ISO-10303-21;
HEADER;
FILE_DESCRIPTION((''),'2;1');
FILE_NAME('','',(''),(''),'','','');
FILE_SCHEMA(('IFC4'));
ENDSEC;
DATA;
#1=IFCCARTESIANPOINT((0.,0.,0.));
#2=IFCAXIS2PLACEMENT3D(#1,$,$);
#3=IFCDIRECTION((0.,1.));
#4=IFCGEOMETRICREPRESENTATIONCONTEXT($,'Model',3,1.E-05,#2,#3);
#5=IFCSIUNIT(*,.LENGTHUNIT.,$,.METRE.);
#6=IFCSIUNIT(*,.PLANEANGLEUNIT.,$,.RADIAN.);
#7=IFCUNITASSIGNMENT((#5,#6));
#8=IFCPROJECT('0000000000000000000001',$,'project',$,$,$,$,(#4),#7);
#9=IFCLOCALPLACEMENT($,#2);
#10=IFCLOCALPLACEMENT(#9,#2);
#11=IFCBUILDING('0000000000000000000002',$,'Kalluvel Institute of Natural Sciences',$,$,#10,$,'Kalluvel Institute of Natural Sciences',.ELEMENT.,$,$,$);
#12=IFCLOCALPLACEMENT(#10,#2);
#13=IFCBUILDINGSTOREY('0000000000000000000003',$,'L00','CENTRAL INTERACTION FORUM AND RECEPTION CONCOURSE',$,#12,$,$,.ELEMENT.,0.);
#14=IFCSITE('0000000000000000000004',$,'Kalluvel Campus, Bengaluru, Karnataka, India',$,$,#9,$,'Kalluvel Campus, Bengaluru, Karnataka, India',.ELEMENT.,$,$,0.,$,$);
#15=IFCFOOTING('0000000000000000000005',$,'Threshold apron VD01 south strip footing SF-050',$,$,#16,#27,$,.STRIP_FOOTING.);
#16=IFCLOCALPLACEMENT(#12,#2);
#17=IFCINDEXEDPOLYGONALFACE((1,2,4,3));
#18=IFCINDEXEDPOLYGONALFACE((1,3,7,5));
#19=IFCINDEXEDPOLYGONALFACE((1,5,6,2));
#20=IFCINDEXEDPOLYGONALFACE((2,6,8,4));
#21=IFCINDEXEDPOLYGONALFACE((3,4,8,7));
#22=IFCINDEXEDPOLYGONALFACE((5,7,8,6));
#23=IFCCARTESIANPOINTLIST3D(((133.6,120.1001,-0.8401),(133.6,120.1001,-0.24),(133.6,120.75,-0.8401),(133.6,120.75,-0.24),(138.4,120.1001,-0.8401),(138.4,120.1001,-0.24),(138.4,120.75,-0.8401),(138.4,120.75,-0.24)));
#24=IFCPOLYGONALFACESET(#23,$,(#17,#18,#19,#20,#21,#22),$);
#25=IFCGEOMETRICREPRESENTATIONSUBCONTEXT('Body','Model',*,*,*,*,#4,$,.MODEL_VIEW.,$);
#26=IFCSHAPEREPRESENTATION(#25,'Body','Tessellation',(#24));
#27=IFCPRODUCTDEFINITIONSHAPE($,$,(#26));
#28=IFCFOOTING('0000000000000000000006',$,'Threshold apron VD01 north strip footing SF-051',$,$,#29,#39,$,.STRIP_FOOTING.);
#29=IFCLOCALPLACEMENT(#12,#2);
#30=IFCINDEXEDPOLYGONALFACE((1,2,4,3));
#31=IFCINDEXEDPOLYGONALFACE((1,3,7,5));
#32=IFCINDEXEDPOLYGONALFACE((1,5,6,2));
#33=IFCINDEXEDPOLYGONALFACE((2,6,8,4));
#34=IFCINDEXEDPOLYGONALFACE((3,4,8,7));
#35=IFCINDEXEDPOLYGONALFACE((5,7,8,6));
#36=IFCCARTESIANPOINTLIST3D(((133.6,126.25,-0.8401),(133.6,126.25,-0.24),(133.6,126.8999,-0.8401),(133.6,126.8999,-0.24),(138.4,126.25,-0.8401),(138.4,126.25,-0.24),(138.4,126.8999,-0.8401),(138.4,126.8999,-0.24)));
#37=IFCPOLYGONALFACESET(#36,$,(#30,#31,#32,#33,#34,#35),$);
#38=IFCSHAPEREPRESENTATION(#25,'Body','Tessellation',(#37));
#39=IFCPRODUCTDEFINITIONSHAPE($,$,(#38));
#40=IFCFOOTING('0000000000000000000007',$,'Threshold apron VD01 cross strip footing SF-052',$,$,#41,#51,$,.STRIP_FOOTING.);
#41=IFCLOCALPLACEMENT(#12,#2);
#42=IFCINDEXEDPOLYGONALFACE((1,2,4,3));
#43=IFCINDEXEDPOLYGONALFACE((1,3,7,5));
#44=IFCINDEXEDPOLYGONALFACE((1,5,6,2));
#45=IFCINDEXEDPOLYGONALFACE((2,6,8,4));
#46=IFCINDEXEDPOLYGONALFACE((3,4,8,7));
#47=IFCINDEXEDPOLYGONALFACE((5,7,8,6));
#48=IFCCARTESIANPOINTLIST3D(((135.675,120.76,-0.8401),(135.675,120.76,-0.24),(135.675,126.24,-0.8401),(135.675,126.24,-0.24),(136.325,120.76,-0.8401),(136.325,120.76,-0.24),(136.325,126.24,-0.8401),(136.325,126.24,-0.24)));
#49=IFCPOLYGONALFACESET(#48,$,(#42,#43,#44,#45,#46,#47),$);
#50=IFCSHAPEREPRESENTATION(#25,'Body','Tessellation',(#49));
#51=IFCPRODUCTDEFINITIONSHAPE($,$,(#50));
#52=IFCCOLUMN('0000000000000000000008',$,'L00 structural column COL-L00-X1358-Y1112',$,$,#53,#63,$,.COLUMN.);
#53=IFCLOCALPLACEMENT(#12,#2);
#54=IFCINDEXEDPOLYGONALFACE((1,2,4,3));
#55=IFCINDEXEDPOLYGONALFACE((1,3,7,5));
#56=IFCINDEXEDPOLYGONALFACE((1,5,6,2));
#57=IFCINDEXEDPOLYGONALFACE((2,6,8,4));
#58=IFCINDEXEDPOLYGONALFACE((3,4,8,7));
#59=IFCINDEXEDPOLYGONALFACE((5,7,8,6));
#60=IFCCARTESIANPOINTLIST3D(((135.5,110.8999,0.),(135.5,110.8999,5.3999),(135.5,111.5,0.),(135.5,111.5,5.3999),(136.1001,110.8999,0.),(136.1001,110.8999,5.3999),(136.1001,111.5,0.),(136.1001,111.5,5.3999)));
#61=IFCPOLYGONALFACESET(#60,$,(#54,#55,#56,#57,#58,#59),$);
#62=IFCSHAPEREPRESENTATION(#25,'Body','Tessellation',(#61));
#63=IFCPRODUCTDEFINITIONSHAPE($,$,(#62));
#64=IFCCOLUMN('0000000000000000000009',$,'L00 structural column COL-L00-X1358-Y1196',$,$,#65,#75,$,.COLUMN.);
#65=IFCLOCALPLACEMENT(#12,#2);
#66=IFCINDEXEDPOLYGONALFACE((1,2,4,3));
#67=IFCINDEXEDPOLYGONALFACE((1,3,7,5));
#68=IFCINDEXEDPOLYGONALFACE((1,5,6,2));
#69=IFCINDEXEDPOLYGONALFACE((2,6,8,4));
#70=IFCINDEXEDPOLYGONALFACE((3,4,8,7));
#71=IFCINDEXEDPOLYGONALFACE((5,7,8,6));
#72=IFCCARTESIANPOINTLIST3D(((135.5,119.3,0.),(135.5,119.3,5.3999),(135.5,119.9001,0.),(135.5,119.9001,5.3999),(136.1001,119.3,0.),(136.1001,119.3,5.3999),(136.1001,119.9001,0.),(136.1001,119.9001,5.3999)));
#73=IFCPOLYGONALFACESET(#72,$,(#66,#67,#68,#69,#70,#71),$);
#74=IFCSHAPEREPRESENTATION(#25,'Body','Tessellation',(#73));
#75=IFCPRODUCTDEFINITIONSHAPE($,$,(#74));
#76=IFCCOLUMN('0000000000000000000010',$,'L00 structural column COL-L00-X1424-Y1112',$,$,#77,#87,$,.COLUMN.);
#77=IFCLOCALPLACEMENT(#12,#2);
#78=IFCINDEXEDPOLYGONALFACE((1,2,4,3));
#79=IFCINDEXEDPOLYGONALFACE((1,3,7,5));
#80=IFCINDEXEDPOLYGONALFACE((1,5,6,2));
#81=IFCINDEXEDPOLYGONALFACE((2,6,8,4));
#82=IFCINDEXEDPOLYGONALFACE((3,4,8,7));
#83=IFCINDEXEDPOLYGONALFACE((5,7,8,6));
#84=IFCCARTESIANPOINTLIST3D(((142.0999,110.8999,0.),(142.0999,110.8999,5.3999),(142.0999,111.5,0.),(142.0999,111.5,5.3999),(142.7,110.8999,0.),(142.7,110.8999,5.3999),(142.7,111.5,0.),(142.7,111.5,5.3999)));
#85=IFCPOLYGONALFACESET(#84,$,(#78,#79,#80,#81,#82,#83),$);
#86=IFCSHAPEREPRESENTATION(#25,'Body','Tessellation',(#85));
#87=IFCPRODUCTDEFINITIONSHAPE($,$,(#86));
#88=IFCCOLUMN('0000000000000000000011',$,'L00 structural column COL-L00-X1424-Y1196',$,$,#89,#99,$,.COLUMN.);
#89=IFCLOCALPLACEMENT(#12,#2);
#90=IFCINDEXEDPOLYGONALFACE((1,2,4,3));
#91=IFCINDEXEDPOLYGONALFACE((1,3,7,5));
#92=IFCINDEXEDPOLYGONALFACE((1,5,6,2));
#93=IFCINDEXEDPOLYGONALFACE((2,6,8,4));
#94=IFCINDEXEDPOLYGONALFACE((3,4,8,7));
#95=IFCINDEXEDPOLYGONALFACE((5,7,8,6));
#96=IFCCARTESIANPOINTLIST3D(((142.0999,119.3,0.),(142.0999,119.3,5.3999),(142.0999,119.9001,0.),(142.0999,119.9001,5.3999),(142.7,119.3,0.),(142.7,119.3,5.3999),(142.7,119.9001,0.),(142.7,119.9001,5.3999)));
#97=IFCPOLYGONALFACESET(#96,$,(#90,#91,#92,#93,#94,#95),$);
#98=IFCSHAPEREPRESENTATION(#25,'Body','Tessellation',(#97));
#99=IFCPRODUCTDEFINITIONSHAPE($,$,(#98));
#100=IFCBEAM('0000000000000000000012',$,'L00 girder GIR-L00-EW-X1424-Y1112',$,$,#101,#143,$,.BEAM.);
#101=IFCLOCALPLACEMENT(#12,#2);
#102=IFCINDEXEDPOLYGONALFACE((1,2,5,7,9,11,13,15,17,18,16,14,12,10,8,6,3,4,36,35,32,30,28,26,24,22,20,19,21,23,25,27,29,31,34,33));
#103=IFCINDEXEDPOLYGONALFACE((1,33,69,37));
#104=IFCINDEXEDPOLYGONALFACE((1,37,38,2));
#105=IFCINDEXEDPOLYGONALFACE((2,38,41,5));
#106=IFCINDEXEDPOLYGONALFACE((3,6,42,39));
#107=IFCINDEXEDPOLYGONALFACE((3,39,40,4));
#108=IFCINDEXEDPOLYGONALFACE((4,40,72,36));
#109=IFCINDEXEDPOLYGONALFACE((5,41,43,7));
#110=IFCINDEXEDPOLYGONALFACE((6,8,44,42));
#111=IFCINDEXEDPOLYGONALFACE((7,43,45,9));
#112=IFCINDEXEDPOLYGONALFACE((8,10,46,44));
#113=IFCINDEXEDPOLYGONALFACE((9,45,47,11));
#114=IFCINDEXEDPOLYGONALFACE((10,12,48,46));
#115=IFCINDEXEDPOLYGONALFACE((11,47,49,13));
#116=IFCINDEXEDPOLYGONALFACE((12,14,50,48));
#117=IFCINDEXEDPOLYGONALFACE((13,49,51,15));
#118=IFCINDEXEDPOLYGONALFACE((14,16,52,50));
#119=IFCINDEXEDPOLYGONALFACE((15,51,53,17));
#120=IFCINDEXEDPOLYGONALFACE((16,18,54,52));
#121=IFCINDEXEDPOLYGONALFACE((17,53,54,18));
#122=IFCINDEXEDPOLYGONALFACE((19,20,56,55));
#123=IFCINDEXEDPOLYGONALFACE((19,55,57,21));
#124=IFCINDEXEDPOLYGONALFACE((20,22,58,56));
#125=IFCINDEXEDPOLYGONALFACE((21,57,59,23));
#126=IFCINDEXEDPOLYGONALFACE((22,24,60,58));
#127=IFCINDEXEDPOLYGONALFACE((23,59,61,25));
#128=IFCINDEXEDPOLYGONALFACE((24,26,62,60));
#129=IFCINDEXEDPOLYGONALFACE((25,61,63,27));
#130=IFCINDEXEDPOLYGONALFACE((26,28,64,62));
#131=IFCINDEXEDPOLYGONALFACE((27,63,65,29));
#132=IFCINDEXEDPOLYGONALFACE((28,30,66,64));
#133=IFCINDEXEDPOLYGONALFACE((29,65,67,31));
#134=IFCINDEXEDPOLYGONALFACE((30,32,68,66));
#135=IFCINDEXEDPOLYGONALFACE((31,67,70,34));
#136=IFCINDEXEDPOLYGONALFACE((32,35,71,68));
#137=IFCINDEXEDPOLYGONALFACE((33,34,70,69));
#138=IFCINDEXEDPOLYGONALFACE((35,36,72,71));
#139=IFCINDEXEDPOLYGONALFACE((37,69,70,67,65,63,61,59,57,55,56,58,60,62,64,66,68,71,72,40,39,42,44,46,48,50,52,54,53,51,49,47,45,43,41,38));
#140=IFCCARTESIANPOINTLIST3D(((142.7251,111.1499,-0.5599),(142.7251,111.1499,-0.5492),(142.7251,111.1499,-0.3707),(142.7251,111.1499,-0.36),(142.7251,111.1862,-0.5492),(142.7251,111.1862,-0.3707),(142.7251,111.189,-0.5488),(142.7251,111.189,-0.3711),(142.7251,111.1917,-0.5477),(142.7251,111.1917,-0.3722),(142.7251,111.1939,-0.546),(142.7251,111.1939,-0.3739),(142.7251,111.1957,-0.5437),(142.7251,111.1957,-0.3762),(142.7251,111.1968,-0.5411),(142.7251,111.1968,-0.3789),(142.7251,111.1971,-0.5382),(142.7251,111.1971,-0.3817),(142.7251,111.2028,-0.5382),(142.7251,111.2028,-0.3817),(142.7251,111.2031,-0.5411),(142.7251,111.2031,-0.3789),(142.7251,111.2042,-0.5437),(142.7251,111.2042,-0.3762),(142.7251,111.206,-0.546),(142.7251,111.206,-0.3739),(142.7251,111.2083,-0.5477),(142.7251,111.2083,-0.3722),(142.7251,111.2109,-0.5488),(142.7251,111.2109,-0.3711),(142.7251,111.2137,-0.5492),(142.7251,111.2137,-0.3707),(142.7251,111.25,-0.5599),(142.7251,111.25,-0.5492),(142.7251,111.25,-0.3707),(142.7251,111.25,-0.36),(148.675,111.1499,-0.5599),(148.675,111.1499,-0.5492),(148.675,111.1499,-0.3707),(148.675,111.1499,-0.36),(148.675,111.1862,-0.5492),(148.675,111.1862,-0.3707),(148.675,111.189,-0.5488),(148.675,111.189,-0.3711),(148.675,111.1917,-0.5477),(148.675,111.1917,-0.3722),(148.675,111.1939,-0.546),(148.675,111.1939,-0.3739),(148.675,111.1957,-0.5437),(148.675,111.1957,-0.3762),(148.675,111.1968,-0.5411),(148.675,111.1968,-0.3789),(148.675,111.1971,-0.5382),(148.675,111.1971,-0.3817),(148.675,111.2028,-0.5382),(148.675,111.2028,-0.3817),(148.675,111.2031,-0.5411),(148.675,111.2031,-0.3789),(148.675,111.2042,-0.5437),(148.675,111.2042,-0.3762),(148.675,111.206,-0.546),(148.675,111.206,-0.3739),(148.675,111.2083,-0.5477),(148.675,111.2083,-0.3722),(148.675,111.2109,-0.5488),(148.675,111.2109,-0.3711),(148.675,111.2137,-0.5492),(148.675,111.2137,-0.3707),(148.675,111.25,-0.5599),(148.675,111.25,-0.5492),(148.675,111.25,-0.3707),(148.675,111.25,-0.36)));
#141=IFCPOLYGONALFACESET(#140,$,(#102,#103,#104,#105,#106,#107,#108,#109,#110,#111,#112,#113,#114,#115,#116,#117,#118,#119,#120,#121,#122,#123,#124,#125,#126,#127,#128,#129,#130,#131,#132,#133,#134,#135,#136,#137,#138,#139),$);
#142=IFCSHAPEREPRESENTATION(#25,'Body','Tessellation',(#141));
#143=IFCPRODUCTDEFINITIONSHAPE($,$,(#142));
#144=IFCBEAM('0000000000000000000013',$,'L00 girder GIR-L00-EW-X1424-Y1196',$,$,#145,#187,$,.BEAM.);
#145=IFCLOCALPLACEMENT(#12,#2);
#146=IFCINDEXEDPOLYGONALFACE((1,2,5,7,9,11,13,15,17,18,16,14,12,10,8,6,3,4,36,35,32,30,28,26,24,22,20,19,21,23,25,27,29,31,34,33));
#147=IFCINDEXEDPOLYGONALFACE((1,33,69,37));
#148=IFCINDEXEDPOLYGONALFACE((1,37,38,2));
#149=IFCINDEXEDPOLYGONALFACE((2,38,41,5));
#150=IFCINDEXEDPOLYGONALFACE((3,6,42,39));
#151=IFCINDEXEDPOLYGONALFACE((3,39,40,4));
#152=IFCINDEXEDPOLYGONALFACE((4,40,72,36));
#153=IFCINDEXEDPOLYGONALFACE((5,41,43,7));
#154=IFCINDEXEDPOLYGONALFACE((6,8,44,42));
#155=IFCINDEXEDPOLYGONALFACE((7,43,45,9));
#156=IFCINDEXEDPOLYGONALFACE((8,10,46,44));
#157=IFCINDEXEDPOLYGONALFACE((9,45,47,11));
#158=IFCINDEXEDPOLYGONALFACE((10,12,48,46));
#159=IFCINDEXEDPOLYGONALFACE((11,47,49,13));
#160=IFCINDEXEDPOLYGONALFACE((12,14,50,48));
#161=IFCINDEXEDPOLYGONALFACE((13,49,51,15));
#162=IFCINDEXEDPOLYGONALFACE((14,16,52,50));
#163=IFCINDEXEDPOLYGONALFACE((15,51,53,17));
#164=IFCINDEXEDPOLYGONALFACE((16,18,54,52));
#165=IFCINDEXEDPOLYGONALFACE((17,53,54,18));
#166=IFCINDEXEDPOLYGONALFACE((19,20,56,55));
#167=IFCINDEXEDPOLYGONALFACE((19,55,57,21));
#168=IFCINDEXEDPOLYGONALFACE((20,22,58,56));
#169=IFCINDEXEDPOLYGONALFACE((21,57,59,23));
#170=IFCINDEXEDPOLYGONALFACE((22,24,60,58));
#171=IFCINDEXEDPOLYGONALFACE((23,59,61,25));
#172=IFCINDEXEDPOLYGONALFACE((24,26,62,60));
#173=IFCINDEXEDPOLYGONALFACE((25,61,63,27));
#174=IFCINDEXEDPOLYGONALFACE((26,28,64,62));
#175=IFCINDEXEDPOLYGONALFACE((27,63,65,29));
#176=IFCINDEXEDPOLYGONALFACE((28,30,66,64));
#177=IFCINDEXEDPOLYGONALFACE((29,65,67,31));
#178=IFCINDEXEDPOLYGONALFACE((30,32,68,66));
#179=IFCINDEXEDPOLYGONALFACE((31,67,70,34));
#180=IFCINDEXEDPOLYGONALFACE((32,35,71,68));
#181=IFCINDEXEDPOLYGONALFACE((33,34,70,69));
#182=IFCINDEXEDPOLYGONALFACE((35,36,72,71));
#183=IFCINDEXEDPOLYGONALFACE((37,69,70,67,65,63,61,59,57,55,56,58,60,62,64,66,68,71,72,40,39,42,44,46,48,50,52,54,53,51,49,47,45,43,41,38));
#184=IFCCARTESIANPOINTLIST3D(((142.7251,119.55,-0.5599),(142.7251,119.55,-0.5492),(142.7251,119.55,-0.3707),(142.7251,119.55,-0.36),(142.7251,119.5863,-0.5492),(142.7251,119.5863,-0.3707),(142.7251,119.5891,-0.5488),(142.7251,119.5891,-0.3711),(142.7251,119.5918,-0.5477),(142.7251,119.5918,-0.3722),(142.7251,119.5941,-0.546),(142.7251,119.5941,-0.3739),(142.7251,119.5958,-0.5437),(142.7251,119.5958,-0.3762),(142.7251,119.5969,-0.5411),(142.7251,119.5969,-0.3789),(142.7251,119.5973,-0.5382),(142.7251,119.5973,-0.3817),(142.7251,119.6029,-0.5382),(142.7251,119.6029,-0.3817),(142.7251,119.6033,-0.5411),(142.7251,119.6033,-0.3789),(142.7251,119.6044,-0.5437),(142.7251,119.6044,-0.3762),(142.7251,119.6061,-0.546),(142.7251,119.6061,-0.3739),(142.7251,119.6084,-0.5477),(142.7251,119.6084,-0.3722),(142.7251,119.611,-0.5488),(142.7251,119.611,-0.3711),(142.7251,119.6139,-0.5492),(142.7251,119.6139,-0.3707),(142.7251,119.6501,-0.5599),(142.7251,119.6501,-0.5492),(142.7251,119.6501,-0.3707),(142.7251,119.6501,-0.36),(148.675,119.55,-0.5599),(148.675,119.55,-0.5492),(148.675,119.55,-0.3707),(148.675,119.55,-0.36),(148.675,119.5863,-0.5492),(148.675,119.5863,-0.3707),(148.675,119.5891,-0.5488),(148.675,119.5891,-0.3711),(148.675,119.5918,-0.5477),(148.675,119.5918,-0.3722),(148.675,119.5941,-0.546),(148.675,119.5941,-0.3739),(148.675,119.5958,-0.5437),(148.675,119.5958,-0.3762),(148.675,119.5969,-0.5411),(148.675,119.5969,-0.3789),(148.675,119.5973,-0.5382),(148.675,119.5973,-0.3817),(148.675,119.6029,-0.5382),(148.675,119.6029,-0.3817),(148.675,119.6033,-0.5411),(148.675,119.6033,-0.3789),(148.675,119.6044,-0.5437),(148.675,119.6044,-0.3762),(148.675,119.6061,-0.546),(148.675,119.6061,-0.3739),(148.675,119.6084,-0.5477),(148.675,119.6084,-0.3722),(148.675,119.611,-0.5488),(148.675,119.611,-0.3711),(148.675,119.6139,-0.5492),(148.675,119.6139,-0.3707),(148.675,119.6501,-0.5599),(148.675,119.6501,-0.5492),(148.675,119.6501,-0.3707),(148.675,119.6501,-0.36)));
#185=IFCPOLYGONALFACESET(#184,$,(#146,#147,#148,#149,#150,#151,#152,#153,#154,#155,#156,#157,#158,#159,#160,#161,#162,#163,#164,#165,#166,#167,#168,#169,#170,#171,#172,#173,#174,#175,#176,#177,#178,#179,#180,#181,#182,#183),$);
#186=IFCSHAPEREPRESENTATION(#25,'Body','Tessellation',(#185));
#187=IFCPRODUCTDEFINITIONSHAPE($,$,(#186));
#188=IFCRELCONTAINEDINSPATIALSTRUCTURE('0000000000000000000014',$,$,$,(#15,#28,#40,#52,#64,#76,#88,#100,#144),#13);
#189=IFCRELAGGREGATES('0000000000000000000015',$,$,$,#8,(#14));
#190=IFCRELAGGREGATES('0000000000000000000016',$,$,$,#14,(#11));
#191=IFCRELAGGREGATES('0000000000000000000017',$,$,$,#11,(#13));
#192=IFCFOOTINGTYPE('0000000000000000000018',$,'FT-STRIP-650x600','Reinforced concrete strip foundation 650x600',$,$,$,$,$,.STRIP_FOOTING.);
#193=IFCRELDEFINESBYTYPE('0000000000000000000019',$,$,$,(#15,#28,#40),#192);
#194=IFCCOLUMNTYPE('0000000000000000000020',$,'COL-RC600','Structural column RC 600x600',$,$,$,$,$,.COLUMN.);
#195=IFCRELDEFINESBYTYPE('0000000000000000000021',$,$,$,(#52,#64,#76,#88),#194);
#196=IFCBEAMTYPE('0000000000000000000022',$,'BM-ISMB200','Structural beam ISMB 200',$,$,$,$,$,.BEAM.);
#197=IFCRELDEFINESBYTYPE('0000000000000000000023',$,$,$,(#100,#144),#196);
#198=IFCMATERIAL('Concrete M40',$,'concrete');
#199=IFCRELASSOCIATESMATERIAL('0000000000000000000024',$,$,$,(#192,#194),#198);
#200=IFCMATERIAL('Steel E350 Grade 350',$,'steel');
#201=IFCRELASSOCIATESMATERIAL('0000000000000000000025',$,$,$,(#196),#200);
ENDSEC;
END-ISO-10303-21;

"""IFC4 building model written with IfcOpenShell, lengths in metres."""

from ifc_helpers import new_model, si_unit, direction, frame, origin, origin_2d, place, context, subcontext, project, spatial, rectangle, i_section, extrude, material, material_profile, profile_set, type_object, element, save


model = new_model("IFC4")

# Units and contexts
model_context = context("Model", 3, precision=1e-05, world=origin(), true_north=direction((0.0, 1.0)))
body_context = subcontext(model_context, "Body", "Model", "MODEL_VIEW")
ifc_project = project(units=[si_unit("LENGTHUNIT", "METRE"), si_unit("PLANEANGLEUNIT", "RADIAN")], contexts=[model_context])

# Site, building, storey
site_placement = place(None, origin())
site = spatial("IfcSite", under=ifc_project, at=site_placement, Name="Kalluvel Campus, Bengaluru, Karnataka, India", LongName="Kalluvel Campus, Bengaluru, Karnataka, India", CompositionType="ELEMENT", RefElevation=0.0)
building_placement = place(site_placement, origin())
building = spatial("IfcBuilding", under=site, at=building_placement, Name="Kalluvel Institute of Natural Sciences", LongName="Kalluvel Institute of Natural Sciences", CompositionType="ELEMENT")
storey_placement = place(building_placement, origin())
storey = spatial("IfcBuildingStorey", under=building, at=storey_placement, Name="L00", Description="CENTRAL INTERACTION FORUM AND RECEPTION CONCOURSE", CompositionType="ELEMENT", Elevation=0.0)

# Footings
ifc_material_1 = material(Name="Concrete M40", Category="concrete")
footing_type = type_object("IfcFootingType", Name="FT-STRIP-650x600", Description="Reinforced concrete strip foundation 650x600", PredefinedType="STRIP_FOOTING", material=ifc_material_1)
for number, where, z_axis, x_axis, name in (
    (1, (136.0, 120.425, -0.8401), (0.0, 0.0, 1.0), (1.0, 0.0, 0.0), "Threshold apron VD01 south strip footing SF-050"),
    (2, (136.0, 126.575, -0.8401), (0.0, 0.0, 1.0), (1.0, 0.0, 0.0), "Threshold apron VD01 north strip footing SF-051"),
):
    element("IfcFooting", number, at=place(storey_placement, frame(where, z_axis=z_axis, x_axis=x_axis)), inside=storey, type_object=footing_type, Name=name, PredefinedType="STRIP_FOOTING", context=body_context, shape_type="SweptSolid", body=[
        extrude(rectangle(XDim=4.8, YDim=0.6499, at=origin_2d()), origin(), (0.0, 0.0, 1.0), 0.6001),
    ])
footing_placement = place(storey_placement, frame((136.0, 123.5, -0.8401), z_axis=(0.0, 0.0, 1.0), x_axis=(1.0, 0.0, 0.0)))
element("IfcFooting", 3, at=footing_placement, inside=storey, type_object=footing_type, Name="Threshold apron VD01 cross strip footing SF-052", PredefinedType="STRIP_FOOTING", context=body_context, shape_type="SweptSolid", body=[
    extrude(rectangle(XDim=0.6499, YDim=5.48, at=origin_2d()), origin(), (0.0, 0.0, 1.0), 0.6001),
])

# Columns
ifc_material_profile_1 = material_profile(ifc_material_1, rectangle(XDim=0.6001, YDim=0.6001, at=origin_2d()), Name="RC 600x600")
ifc_profile_set_1 = profile_set([ifc_material_profile_1], Name="Concrete M40")
column_type = type_object("IfcColumnType", Name="COL-RC600", Description="Structural column RC 600x600", PredefinedType="COLUMN", material=ifc_profile_set_1)
for number, where, z_axis, x_axis, name in (
    (4, (135.8, 111.2, 0.0), (0.0, 0.0, 1.0), (1.0, 0.0, 0.0), "L00 structural column COL-L00-X1358-Y1112"),
    (5, (135.8, 119.6001, 0.0), (0.0, 0.0, 1.0), (1.0, 0.0, 0.0), "L00 structural column COL-L00-X1358-Y1196"),
    (6, (142.3999, 111.2, 0.0), (0.0, 0.0, 1.0), (1.0, 0.0, 0.0), "L00 structural column COL-L00-X1424-Y1112"),
    (7, (142.3999, 119.6001, 0.0), (0.0, 0.0, 1.0), (1.0, 0.0, 0.0), "L00 structural column COL-L00-X1424-Y1196"),
):
    element("IfcColumn", number, at=place(storey_placement, frame(where, z_axis=z_axis, x_axis=x_axis)), inside=storey, type_object=column_type, Name=name, PredefinedType="COLUMN", context=body_context, shape_type="SweptSolid", body=[
        extrude(rectangle(XDim=0.6001, YDim=0.6001, at=origin_2d()), origin(), (0.0, 0.0, 1.0), 5.3999),
    ])

# Beams
ifc_material_2 = material(Name="Steel E350 Grade 350", Category="steel")
ifc_material_profile_2 = material_profile(ifc_material_2, i_section(OverallWidth=0.1001, OverallDepth=0.2, WebThickness=0.0056, FlangeThickness=0.0107, FilletRadius=0.011, at=origin_2d()), Name="ISMB 200")
ifc_profile_set_2 = profile_set([ifc_material_profile_2], Name="Steel E350 Grade 350")
beam_type_1 = type_object("IfcBeamType", Name="BM-ISMB200", Description="Structural beam ISMB 200", PredefinedType="BEAM", material=ifc_profile_set_2)
for number, where, z_axis, x_axis, name in (
    (8, (142.7251, 111.2, -0.46), (1.0, 0.0, 0.0), (0.0, 1.0, 0.0), "L00 girder GIR-L00-EW-X1424-Y1112"),
    (9, (142.7251, 119.6001, -0.46), (1.0, 0.0, 0.0), (0.0, 1.0, 0.0), "L00 girder GIR-L00-EW-X1424-Y1196"),
):
    element("IfcBeam", number, at=place(storey_placement, frame(where, z_axis=z_axis, x_axis=x_axis)), inside=storey, type_object=beam_type_1, Name=name, PredefinedType="BEAM", context=body_context, shape_type="SweptSolid", body=[
        extrude(i_section(OverallWidth=0.1001, OverallDepth=0.2, WebThickness=0.0056, FlangeThickness=0.0107, FilletRadius=0.011, at=origin_2d()), origin(), (0.0, 0.0, 1.0), 5.95),
    ])

save(model, "model.ifc")
